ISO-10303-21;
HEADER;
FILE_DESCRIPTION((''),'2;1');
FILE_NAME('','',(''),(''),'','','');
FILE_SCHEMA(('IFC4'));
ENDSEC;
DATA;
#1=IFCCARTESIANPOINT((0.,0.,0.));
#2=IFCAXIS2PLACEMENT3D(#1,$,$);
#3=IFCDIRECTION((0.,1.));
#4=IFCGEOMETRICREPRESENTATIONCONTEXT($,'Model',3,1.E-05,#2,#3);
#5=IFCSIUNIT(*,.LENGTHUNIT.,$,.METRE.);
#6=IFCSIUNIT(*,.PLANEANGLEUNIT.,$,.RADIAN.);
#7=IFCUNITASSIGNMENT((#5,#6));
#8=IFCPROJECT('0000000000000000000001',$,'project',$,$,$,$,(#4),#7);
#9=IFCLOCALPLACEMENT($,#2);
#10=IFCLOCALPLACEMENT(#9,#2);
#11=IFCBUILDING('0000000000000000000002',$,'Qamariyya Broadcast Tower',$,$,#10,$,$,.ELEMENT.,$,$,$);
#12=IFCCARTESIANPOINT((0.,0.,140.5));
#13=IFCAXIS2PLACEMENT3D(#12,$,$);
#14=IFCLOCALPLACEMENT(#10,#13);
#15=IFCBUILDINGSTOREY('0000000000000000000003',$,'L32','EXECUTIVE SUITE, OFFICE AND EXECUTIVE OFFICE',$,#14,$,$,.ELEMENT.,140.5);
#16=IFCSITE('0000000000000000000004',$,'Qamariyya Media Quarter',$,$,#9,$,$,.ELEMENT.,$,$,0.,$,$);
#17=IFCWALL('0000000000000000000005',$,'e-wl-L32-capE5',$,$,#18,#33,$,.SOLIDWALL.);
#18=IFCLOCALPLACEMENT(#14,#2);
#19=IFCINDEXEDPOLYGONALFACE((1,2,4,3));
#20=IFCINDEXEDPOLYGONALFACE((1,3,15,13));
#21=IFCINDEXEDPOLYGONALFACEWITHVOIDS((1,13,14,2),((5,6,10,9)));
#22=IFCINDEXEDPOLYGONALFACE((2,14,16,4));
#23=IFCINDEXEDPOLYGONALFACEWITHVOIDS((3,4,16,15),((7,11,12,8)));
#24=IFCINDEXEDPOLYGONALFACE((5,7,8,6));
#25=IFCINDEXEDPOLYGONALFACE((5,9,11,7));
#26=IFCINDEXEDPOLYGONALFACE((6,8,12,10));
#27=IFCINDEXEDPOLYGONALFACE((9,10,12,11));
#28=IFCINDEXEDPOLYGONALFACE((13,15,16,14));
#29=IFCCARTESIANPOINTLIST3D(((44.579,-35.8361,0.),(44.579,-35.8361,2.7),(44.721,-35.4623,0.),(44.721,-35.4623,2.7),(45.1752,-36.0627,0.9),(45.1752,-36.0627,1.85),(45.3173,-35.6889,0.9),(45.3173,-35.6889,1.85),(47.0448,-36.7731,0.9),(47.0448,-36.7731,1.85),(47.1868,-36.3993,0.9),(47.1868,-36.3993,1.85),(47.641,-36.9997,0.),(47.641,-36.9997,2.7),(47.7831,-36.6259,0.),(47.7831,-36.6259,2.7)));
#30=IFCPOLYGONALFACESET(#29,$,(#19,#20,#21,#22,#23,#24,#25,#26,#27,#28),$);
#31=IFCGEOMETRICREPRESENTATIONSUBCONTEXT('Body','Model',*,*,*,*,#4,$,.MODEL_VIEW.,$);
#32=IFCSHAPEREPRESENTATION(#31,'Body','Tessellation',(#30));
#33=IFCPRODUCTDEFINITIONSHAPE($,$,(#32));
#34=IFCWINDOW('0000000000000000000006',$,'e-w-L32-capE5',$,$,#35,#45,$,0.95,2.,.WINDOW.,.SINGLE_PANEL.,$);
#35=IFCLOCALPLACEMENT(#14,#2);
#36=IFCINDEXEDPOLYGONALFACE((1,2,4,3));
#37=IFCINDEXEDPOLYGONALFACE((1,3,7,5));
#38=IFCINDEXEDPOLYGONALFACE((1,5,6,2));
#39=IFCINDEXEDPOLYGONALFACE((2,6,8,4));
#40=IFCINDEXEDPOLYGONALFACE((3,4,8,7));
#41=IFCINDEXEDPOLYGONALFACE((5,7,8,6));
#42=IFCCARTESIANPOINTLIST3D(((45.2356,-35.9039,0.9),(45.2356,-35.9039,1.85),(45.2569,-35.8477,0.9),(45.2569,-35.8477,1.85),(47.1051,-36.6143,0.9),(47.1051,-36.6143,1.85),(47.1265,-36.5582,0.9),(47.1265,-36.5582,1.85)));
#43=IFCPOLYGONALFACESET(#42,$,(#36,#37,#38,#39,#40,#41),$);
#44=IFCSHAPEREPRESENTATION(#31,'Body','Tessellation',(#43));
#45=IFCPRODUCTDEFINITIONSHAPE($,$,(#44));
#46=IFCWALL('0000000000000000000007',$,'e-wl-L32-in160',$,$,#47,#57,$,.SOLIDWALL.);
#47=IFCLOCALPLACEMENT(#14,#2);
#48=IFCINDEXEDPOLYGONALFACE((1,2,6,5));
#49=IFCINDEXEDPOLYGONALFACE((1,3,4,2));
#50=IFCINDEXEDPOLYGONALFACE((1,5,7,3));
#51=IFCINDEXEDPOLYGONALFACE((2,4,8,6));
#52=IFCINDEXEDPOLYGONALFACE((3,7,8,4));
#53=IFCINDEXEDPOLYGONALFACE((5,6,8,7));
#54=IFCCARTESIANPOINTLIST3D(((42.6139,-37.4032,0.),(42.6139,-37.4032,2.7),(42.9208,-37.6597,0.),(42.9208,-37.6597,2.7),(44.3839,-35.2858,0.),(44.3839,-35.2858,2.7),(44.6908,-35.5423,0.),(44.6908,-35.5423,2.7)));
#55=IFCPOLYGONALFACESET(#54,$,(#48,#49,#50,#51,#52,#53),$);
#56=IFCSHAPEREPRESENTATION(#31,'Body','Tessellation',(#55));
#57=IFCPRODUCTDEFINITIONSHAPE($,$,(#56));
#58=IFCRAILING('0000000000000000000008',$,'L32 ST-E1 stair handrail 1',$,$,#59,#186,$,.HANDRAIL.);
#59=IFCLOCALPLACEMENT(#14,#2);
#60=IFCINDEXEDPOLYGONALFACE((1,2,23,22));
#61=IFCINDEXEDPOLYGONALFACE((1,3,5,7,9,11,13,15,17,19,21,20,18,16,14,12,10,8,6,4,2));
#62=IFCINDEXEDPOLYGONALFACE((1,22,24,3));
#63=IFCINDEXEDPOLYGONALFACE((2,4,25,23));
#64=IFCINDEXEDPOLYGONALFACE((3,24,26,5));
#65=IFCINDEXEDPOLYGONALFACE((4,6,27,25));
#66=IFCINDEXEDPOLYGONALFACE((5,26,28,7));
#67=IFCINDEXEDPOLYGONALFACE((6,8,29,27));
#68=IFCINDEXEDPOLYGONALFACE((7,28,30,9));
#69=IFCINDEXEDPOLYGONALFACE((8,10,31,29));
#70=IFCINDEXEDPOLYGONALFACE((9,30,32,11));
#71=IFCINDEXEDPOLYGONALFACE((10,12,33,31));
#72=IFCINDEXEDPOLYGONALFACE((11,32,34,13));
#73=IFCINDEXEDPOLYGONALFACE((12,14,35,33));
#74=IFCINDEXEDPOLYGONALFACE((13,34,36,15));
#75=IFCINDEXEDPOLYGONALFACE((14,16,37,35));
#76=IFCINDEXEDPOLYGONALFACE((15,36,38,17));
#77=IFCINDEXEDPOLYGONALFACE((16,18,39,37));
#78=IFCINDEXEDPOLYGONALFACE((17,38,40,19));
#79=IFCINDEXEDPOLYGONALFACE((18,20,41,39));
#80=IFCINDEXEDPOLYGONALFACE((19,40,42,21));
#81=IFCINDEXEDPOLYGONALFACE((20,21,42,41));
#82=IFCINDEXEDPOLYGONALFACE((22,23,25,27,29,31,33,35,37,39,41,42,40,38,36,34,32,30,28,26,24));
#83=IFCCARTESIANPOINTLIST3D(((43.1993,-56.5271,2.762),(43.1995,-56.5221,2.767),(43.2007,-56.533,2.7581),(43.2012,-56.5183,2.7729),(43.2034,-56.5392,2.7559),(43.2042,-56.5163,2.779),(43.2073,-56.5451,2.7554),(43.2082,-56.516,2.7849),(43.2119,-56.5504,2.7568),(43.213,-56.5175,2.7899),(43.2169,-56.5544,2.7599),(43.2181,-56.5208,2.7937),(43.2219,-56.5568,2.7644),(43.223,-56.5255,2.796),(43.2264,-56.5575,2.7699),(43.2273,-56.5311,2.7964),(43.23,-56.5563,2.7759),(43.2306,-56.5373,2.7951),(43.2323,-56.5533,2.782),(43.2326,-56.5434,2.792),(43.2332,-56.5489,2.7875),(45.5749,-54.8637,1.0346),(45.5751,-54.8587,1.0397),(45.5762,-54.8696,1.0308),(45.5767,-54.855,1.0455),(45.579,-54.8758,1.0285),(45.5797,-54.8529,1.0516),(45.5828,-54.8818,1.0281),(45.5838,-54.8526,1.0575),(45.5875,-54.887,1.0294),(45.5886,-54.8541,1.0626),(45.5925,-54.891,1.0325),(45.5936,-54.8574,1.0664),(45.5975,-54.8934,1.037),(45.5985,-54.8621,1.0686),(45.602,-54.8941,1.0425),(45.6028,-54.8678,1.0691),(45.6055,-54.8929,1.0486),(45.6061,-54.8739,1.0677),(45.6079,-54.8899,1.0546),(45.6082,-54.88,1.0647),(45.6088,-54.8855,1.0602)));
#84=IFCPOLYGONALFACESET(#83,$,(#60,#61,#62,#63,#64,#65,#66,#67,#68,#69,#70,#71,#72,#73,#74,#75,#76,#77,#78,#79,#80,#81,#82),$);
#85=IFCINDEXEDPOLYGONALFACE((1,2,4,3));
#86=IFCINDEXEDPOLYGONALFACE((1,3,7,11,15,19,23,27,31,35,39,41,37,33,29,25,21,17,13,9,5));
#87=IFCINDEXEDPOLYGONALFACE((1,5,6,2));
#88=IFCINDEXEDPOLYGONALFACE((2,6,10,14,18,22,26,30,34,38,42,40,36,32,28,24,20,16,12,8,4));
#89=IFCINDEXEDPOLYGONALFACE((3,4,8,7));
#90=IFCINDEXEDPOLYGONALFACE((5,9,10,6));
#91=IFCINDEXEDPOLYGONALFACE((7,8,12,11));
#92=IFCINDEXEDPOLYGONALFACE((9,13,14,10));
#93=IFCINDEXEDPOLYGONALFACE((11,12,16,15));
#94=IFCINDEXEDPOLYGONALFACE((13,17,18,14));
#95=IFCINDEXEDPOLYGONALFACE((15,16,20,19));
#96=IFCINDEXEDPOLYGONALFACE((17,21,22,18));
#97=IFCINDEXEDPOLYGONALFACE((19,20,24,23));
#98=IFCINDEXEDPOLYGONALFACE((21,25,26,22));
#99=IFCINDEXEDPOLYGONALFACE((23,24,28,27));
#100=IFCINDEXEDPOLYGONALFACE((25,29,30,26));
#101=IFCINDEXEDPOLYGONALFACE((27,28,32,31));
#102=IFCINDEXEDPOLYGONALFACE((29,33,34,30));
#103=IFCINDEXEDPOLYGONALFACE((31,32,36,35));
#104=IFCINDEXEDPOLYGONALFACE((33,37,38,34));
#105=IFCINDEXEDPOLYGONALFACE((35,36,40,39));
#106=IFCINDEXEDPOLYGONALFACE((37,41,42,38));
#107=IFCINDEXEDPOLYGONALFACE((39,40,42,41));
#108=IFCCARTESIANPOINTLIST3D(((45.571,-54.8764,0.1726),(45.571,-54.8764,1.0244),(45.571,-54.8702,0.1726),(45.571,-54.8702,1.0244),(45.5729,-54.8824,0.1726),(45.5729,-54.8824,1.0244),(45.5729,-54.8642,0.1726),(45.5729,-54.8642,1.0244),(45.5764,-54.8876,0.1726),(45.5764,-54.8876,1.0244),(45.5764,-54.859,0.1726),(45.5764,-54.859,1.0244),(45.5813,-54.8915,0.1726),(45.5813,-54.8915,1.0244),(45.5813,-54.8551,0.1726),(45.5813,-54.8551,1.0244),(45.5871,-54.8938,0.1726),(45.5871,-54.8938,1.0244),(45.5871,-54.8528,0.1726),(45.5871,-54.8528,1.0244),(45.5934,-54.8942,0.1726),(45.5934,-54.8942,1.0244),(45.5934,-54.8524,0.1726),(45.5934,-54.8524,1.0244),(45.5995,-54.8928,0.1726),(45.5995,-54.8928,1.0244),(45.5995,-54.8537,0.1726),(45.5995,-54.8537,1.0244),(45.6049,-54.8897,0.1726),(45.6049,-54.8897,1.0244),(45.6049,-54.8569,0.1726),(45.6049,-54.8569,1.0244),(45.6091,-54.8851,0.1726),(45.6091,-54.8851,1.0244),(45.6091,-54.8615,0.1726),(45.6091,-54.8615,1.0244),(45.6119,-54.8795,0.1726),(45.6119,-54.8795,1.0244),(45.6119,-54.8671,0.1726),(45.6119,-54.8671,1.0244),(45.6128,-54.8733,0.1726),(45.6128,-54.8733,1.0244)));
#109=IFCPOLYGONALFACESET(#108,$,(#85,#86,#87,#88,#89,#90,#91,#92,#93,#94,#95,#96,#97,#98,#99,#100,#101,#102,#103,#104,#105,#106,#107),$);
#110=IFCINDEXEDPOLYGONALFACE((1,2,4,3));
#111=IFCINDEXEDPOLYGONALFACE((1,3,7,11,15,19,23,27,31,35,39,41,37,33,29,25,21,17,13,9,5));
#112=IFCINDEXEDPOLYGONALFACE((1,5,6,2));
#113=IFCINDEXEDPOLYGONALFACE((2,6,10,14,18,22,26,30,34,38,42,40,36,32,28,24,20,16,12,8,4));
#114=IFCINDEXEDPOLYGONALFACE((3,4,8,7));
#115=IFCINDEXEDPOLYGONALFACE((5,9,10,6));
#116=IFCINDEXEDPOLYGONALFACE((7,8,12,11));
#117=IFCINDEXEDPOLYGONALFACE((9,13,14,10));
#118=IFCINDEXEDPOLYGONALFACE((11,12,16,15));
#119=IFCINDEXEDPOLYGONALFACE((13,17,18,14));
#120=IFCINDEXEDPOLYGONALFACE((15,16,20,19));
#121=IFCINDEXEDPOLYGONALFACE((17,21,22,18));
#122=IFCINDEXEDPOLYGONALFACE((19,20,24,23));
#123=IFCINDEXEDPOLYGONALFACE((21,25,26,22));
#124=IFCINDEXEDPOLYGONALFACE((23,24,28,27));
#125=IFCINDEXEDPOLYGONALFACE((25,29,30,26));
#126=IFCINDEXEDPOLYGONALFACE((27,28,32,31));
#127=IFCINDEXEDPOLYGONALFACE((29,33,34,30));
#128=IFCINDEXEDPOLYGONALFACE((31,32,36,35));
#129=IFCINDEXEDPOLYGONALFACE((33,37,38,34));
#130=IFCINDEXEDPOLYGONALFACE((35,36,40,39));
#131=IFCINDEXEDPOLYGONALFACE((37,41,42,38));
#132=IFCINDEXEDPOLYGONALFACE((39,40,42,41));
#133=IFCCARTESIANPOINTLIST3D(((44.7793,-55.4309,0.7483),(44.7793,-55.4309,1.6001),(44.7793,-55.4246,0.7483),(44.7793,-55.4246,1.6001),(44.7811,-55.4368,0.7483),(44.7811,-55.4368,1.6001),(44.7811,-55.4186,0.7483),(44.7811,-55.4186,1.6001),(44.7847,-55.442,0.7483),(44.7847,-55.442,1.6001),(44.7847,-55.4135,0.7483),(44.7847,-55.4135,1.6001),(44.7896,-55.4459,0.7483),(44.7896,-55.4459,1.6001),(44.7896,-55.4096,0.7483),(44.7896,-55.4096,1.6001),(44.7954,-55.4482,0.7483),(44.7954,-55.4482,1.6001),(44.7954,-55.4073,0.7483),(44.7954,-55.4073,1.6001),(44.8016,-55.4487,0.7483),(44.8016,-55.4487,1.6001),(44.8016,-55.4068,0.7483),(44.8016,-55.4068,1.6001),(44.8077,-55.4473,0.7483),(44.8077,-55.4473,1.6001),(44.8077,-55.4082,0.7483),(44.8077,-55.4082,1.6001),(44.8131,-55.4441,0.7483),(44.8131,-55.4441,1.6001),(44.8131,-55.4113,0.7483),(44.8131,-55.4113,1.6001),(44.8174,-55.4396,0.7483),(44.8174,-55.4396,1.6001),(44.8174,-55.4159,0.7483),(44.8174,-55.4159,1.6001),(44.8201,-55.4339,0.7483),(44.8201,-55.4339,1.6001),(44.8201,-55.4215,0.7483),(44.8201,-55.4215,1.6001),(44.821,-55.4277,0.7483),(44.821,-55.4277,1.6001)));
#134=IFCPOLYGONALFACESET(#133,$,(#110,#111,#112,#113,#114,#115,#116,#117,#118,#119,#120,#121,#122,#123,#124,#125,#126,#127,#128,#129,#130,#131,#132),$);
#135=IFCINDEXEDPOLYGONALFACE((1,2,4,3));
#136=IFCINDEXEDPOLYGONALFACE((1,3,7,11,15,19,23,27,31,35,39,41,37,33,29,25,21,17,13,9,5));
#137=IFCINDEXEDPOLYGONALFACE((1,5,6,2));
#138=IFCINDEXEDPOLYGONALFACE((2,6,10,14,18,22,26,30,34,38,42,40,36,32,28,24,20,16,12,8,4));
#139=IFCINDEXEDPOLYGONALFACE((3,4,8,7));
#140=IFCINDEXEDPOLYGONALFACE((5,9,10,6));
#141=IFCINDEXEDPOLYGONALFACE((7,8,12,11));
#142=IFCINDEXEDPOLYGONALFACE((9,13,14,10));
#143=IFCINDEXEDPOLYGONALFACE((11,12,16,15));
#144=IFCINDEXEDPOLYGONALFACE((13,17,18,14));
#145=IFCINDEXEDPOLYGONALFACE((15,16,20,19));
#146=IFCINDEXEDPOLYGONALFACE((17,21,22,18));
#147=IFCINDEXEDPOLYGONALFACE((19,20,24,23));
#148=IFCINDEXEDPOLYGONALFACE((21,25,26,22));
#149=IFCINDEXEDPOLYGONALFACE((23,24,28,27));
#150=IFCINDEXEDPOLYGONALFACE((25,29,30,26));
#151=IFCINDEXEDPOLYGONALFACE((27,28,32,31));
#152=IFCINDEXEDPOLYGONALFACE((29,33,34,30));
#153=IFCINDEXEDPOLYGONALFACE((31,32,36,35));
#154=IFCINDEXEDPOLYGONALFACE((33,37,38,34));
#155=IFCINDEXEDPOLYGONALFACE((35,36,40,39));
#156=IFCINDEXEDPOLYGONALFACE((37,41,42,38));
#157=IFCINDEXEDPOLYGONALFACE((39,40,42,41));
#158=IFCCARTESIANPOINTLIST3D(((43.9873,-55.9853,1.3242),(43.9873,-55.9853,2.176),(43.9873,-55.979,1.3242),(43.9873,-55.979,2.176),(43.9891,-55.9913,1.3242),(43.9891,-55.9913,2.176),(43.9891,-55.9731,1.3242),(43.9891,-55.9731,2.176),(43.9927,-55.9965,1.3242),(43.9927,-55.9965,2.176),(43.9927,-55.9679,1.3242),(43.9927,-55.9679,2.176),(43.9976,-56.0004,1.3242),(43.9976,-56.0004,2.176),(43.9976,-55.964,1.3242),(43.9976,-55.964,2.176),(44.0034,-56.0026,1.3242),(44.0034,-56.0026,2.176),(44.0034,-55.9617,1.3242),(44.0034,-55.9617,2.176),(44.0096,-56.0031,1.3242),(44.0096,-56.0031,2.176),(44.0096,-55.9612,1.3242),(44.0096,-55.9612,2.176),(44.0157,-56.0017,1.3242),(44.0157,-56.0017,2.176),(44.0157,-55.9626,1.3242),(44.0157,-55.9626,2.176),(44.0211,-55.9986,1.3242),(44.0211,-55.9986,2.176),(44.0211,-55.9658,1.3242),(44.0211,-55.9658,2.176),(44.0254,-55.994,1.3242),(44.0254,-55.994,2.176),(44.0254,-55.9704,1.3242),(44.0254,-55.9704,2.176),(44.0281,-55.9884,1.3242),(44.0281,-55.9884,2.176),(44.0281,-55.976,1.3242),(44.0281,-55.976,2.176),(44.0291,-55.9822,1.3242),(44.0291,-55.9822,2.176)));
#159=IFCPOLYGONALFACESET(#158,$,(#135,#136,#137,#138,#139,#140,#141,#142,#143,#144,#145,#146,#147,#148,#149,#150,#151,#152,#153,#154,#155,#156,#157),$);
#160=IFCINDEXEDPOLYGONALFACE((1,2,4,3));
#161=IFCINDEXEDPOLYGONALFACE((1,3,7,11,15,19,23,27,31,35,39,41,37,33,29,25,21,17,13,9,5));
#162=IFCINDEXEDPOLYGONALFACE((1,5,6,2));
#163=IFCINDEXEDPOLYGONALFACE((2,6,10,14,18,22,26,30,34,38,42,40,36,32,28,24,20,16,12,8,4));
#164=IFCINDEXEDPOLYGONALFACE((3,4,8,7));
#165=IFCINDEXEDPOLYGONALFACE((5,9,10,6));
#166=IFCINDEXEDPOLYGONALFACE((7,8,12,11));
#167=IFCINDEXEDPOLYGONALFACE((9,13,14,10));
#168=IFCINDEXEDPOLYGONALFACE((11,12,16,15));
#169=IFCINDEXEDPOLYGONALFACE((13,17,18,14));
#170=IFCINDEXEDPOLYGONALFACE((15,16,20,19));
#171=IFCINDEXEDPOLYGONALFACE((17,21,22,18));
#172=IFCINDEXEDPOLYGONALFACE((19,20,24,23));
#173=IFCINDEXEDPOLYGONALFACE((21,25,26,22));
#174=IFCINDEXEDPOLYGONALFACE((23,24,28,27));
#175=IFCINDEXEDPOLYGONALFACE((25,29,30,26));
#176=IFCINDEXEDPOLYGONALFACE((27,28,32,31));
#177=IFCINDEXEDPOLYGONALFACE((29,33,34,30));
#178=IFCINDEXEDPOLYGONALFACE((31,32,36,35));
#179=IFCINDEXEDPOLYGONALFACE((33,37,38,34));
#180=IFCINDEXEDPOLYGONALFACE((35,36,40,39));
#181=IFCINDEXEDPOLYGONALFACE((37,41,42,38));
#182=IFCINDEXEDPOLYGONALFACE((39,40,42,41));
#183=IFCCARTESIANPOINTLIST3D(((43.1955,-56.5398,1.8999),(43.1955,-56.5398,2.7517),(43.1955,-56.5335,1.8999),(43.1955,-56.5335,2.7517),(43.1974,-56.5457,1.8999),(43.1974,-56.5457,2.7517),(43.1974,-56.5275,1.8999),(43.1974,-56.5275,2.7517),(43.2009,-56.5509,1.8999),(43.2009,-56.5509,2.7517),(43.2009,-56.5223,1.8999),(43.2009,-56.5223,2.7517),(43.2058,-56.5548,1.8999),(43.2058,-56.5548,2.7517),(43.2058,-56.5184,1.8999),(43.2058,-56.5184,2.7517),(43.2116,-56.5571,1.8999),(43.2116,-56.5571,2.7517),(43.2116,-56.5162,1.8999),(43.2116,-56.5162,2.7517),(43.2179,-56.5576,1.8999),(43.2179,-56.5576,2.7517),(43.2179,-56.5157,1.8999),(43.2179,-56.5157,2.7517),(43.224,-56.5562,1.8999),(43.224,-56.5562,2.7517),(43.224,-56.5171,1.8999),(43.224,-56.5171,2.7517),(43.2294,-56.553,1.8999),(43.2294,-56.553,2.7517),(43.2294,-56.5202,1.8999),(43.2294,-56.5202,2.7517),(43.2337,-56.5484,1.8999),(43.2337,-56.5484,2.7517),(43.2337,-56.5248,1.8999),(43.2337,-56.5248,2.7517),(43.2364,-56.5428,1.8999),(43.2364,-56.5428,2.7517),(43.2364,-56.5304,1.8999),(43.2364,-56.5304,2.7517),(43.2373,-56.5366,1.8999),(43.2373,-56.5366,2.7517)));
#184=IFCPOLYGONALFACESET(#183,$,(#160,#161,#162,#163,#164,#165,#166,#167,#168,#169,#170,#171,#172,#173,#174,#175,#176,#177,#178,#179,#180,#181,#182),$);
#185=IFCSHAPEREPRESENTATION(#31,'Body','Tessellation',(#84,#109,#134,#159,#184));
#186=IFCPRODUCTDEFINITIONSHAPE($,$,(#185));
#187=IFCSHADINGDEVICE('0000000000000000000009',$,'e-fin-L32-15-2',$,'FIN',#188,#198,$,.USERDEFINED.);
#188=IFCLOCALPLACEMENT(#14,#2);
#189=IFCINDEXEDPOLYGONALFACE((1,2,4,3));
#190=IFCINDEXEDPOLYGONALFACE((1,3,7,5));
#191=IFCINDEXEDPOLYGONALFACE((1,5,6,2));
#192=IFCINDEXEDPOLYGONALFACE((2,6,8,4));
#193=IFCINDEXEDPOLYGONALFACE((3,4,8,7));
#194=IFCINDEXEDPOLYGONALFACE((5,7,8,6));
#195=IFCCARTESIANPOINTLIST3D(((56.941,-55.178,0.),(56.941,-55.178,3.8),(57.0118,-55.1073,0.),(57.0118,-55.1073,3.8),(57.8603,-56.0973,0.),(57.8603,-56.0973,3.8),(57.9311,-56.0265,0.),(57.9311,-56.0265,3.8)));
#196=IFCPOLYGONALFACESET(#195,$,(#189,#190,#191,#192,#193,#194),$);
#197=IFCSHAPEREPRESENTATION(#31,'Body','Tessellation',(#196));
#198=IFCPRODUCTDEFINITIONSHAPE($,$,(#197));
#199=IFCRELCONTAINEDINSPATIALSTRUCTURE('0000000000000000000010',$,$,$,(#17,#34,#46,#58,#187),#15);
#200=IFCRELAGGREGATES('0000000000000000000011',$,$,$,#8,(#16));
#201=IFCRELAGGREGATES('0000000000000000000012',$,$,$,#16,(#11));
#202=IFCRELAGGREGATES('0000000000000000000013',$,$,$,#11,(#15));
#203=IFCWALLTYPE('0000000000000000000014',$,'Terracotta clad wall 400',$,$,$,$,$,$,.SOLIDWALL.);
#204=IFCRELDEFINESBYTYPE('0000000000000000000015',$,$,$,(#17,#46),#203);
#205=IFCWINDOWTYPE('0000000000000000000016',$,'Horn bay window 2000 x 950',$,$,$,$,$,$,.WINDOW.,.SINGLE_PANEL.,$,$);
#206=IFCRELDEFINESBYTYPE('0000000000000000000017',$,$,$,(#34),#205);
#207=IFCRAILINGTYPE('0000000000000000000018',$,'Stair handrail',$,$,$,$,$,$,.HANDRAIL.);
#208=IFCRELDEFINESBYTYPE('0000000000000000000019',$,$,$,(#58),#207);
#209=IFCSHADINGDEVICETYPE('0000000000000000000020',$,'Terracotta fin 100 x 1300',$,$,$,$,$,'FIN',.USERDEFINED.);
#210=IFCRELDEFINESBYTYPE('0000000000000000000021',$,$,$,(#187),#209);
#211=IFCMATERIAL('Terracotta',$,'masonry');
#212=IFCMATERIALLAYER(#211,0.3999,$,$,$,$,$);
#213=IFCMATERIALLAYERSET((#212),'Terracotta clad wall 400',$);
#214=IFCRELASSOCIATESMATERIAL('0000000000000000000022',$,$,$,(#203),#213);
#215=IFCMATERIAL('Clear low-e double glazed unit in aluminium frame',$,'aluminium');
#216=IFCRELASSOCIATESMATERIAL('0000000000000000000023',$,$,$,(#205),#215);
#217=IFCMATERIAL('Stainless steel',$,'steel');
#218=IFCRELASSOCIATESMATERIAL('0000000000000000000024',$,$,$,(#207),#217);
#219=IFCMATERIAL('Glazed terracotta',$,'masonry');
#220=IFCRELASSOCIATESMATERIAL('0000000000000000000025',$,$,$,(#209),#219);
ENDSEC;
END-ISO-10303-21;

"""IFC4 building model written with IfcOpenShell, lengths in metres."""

from ifc_helpers import new_model, si_unit, direction, frame, frame_2d, origin, origin_2d, place, context, subcontext, project, spatial, rectangle, circle, extrude, material, layer, layer_set, material_profile, profile_set, type_object, element, fill, save


model = new_model("IFC4")

# Units and contexts
model_context = context("Model", 3, precision=1e-05, world=origin(), true_north=direction((0.0, 1.0)))
body_context = subcontext(model_context, "Body", "Model", "MODEL_VIEW")
ifc_project = project(units=[si_unit("LENGTHUNIT", "METRE"), si_unit("PLANEANGLEUNIT", "RADIAN")], contexts=[model_context])

# Site, building, storey
site_placement = place(None, origin())
site = spatial("IfcSite", under=ifc_project, at=site_placement, Name="Qamariyya Media Quarter", CompositionType="ELEMENT", RefElevation=0.0)
building_placement = place(site_placement, origin())
building = spatial("IfcBuilding", under=site, at=building_placement, Name="Qamariyya Broadcast Tower", CompositionType="ELEMENT")
storey_placement = place(building_placement, frame((0.0, 0.0, 140.5)))
storey = spatial("IfcBuildingStorey", under=building, at=storey_placement, Name="L32", Description="EXECUTIVE SUITE, OFFICE AND EXECUTIVE OFFICE", CompositionType="ELEMENT", Elevation=140.5)

# Wall, opening, window
ifc_material_1 = material(Name="Terracotta", Category="masonry")
ifc_layer_1 = layer(ifc_material_1, 0.3999)
ifc_layer_set_1 = layer_set([ifc_layer_1], Name="Terracotta clad wall 400")
wall_type_1 = type_object("IfcWallType", Name="Terracotta clad wall 400", PredefinedType="SOLIDWALL", material=ifc_layer_set_1)
ifc_material_2 = material(Name="Clear low-e double glazed unit in aluminium frame", Category="aluminium")
window_type = type_object("IfcWindowType", Name="Horn bay window 2000 x 950", PartitioningType="SINGLE_PANEL", PredefinedType="WINDOW", material=ifc_material_2)
wall_1_placement = place(storey_placement, frame((47.7119, -36.8127, 0.0), z_axis=(0.0, 0.0, 1.0), x_axis=(-0.934783, 0.35522, 0.0)))
wall_1 = element("IfcWall", 1, at=wall_1_placement, inside=storey, type_object=wall_type_1, Name="e-wl-L32-capE5", PredefinedType="SOLIDWALL", context=body_context, shape_type="SweptSolid", body=[
    extrude(rectangle(XDim=3.2756, YDim=0.3999, at=frame_2d((1.6377, 0.0))), origin(), (0.0, 0.0, 1.0), 2.7),
])
opening_1_placement = place(wall_1_placement, frame((0.6377, 0.0, 0.8999)))
opening_1 = element("IfcOpeningElement", 2, at=opening_1_placement, cuts=wall_1, PredefinedType="OPENING", context=body_context, shape_type="SweptSolid", body=[
    extrude(rectangle(XDim=2.0, YDim=0.95, at=frame_2d((1.0, 0.4751))), frame((0.0, 0.21, 0.0), z_axis=(0.0, -1.0, 0.0), x_axis=(1.0, 0.0, 0.0)), (0.0, 0.0, 1.0), 0.4199),
])
window_1_placement = place(opening_1_placement, origin())
window_1 = element("IfcWindow", 3, at=window_1_placement, inside=storey, type_object=window_type, Name="e-w-L32-capE5", OverallHeight=0.95, OverallWidth=2.0, PartitioningType="SINGLE_PANEL", PredefinedType="WINDOW", context=body_context, shape_type="SweptSolid", body=[
    extrude(rectangle(XDim=2.0, YDim=0.95, at=frame_2d((1.0, 0.4751))), frame((0.0, 0.03, 0.0), z_axis=(0.0, -1.0, 0.0), x_axis=(1.0, 0.0, 0.0)), (0.0, 0.0, 1.0), 0.0601),
])
fill(opening_1, window_1)

# Wall
wall_2_placement = place(storey_placement, frame((44.5374, -35.4141, 0.0), z_axis=(0.0, 0.0, 1.0), x_axis=(-0.641358, -0.767241, 0.0)))
element("IfcWall", 4, at=wall_2_placement, inside=storey, type_object=wall_type_1, Name="e-wl-L32-in160", PredefinedType="SOLIDWALL", context=body_context, shape_type="SweptSolid", body=[
    extrude(rectangle(XDim=2.7598, YDim=0.3999, at=frame_2d((1.3799, 0.0))), origin(), (0.0, 0.0, 1.0), 2.7),
])

# Railing
ifc_material_3 = material(Name="Stainless steel", Category="steel")
railing_type = type_object("IfcRailingType", Name="Stair handrail", PredefinedType="HANDRAIL", material=ifc_material_3)
railing_placement = place(storey_placement, frame((45.5918, -54.8733, 0.1726)))
element("IfcRailing", 5, at=railing_placement, inside=storey, type_object=railing_type, Name="L32 ST-E1 stair handrail 1", PredefinedType="HANDRAIL", context=body_context, shape_type="SweptSolid", body=[
    extrude(circle(Radius=0.0239, at=origin_2d()), frame((0.0, 0.0, 0.876), z_axis=(-0.70377, -0.492784, 0.511734), x_axis=(0.573575, -0.819153, 0.0)), (0.0, 0.0, 1.0), 3.3755),
    extrude(circle(Radius=0.021, at=origin_2d()), origin(), (0.0, 0.0, 1.0), 0.8518),
    extrude(circle(Radius=0.021, at=origin_2d()), frame((-0.7917, -0.5544, 0.5757)), (0.0, 0.0, 1.0), 0.8518),
    extrude(circle(Radius=0.021, at=origin_2d()), frame((-1.5837, -1.1089, 1.1516)), (0.0, 0.0, 1.0), 0.8518),
    extrude(circle(Radius=0.021, at=origin_2d()), frame((-2.3755, -1.6633, 1.7273)), (0.0, 0.0, 1.0), 0.8518),
])

# Shading device
ifc_material_4 = material(Name="Glazed terracotta", Category="masonry")
ifc_material_profile_1 = material_profile(ifc_material_4, rectangle(XDim=1.3, YDim=0.1001, at=origin_2d()))
ifc_profile_set_1 = profile_set([ifc_material_profile_1], Name="Glazed terracotta")
shading_device_type_1 = type_object("IfcShadingDeviceType", Name="Terracotta fin 100 x 1300", ElementType="FIN", PredefinedType="USERDEFINED", material=ifc_profile_set_1)
for number, where, z_axis, x_axis, name in (
    (6, (57.436, -55.6023, 0.0), (0.0, 0.0, 1.0), (0.707107, -0.707107, 0.0), "e-fin-L32-15-2"),
):
    element("IfcShadingDevice", number, at=place(storey_placement, frame(where, z_axis=z_axis, x_axis=x_axis)), inside=storey, type_object=shading_device_type_1, Name=name, ObjectType="FIN", PredefinedType="USERDEFINED", context=body_context, shape_type="SweptSolid", body=[
        extrude(rectangle(XDim=1.3, YDim=0.1001, at=origin_2d()), origin(), (0.0, 0.0, 1.0), 3.8),
    ])

save(model, "model.ifc")
